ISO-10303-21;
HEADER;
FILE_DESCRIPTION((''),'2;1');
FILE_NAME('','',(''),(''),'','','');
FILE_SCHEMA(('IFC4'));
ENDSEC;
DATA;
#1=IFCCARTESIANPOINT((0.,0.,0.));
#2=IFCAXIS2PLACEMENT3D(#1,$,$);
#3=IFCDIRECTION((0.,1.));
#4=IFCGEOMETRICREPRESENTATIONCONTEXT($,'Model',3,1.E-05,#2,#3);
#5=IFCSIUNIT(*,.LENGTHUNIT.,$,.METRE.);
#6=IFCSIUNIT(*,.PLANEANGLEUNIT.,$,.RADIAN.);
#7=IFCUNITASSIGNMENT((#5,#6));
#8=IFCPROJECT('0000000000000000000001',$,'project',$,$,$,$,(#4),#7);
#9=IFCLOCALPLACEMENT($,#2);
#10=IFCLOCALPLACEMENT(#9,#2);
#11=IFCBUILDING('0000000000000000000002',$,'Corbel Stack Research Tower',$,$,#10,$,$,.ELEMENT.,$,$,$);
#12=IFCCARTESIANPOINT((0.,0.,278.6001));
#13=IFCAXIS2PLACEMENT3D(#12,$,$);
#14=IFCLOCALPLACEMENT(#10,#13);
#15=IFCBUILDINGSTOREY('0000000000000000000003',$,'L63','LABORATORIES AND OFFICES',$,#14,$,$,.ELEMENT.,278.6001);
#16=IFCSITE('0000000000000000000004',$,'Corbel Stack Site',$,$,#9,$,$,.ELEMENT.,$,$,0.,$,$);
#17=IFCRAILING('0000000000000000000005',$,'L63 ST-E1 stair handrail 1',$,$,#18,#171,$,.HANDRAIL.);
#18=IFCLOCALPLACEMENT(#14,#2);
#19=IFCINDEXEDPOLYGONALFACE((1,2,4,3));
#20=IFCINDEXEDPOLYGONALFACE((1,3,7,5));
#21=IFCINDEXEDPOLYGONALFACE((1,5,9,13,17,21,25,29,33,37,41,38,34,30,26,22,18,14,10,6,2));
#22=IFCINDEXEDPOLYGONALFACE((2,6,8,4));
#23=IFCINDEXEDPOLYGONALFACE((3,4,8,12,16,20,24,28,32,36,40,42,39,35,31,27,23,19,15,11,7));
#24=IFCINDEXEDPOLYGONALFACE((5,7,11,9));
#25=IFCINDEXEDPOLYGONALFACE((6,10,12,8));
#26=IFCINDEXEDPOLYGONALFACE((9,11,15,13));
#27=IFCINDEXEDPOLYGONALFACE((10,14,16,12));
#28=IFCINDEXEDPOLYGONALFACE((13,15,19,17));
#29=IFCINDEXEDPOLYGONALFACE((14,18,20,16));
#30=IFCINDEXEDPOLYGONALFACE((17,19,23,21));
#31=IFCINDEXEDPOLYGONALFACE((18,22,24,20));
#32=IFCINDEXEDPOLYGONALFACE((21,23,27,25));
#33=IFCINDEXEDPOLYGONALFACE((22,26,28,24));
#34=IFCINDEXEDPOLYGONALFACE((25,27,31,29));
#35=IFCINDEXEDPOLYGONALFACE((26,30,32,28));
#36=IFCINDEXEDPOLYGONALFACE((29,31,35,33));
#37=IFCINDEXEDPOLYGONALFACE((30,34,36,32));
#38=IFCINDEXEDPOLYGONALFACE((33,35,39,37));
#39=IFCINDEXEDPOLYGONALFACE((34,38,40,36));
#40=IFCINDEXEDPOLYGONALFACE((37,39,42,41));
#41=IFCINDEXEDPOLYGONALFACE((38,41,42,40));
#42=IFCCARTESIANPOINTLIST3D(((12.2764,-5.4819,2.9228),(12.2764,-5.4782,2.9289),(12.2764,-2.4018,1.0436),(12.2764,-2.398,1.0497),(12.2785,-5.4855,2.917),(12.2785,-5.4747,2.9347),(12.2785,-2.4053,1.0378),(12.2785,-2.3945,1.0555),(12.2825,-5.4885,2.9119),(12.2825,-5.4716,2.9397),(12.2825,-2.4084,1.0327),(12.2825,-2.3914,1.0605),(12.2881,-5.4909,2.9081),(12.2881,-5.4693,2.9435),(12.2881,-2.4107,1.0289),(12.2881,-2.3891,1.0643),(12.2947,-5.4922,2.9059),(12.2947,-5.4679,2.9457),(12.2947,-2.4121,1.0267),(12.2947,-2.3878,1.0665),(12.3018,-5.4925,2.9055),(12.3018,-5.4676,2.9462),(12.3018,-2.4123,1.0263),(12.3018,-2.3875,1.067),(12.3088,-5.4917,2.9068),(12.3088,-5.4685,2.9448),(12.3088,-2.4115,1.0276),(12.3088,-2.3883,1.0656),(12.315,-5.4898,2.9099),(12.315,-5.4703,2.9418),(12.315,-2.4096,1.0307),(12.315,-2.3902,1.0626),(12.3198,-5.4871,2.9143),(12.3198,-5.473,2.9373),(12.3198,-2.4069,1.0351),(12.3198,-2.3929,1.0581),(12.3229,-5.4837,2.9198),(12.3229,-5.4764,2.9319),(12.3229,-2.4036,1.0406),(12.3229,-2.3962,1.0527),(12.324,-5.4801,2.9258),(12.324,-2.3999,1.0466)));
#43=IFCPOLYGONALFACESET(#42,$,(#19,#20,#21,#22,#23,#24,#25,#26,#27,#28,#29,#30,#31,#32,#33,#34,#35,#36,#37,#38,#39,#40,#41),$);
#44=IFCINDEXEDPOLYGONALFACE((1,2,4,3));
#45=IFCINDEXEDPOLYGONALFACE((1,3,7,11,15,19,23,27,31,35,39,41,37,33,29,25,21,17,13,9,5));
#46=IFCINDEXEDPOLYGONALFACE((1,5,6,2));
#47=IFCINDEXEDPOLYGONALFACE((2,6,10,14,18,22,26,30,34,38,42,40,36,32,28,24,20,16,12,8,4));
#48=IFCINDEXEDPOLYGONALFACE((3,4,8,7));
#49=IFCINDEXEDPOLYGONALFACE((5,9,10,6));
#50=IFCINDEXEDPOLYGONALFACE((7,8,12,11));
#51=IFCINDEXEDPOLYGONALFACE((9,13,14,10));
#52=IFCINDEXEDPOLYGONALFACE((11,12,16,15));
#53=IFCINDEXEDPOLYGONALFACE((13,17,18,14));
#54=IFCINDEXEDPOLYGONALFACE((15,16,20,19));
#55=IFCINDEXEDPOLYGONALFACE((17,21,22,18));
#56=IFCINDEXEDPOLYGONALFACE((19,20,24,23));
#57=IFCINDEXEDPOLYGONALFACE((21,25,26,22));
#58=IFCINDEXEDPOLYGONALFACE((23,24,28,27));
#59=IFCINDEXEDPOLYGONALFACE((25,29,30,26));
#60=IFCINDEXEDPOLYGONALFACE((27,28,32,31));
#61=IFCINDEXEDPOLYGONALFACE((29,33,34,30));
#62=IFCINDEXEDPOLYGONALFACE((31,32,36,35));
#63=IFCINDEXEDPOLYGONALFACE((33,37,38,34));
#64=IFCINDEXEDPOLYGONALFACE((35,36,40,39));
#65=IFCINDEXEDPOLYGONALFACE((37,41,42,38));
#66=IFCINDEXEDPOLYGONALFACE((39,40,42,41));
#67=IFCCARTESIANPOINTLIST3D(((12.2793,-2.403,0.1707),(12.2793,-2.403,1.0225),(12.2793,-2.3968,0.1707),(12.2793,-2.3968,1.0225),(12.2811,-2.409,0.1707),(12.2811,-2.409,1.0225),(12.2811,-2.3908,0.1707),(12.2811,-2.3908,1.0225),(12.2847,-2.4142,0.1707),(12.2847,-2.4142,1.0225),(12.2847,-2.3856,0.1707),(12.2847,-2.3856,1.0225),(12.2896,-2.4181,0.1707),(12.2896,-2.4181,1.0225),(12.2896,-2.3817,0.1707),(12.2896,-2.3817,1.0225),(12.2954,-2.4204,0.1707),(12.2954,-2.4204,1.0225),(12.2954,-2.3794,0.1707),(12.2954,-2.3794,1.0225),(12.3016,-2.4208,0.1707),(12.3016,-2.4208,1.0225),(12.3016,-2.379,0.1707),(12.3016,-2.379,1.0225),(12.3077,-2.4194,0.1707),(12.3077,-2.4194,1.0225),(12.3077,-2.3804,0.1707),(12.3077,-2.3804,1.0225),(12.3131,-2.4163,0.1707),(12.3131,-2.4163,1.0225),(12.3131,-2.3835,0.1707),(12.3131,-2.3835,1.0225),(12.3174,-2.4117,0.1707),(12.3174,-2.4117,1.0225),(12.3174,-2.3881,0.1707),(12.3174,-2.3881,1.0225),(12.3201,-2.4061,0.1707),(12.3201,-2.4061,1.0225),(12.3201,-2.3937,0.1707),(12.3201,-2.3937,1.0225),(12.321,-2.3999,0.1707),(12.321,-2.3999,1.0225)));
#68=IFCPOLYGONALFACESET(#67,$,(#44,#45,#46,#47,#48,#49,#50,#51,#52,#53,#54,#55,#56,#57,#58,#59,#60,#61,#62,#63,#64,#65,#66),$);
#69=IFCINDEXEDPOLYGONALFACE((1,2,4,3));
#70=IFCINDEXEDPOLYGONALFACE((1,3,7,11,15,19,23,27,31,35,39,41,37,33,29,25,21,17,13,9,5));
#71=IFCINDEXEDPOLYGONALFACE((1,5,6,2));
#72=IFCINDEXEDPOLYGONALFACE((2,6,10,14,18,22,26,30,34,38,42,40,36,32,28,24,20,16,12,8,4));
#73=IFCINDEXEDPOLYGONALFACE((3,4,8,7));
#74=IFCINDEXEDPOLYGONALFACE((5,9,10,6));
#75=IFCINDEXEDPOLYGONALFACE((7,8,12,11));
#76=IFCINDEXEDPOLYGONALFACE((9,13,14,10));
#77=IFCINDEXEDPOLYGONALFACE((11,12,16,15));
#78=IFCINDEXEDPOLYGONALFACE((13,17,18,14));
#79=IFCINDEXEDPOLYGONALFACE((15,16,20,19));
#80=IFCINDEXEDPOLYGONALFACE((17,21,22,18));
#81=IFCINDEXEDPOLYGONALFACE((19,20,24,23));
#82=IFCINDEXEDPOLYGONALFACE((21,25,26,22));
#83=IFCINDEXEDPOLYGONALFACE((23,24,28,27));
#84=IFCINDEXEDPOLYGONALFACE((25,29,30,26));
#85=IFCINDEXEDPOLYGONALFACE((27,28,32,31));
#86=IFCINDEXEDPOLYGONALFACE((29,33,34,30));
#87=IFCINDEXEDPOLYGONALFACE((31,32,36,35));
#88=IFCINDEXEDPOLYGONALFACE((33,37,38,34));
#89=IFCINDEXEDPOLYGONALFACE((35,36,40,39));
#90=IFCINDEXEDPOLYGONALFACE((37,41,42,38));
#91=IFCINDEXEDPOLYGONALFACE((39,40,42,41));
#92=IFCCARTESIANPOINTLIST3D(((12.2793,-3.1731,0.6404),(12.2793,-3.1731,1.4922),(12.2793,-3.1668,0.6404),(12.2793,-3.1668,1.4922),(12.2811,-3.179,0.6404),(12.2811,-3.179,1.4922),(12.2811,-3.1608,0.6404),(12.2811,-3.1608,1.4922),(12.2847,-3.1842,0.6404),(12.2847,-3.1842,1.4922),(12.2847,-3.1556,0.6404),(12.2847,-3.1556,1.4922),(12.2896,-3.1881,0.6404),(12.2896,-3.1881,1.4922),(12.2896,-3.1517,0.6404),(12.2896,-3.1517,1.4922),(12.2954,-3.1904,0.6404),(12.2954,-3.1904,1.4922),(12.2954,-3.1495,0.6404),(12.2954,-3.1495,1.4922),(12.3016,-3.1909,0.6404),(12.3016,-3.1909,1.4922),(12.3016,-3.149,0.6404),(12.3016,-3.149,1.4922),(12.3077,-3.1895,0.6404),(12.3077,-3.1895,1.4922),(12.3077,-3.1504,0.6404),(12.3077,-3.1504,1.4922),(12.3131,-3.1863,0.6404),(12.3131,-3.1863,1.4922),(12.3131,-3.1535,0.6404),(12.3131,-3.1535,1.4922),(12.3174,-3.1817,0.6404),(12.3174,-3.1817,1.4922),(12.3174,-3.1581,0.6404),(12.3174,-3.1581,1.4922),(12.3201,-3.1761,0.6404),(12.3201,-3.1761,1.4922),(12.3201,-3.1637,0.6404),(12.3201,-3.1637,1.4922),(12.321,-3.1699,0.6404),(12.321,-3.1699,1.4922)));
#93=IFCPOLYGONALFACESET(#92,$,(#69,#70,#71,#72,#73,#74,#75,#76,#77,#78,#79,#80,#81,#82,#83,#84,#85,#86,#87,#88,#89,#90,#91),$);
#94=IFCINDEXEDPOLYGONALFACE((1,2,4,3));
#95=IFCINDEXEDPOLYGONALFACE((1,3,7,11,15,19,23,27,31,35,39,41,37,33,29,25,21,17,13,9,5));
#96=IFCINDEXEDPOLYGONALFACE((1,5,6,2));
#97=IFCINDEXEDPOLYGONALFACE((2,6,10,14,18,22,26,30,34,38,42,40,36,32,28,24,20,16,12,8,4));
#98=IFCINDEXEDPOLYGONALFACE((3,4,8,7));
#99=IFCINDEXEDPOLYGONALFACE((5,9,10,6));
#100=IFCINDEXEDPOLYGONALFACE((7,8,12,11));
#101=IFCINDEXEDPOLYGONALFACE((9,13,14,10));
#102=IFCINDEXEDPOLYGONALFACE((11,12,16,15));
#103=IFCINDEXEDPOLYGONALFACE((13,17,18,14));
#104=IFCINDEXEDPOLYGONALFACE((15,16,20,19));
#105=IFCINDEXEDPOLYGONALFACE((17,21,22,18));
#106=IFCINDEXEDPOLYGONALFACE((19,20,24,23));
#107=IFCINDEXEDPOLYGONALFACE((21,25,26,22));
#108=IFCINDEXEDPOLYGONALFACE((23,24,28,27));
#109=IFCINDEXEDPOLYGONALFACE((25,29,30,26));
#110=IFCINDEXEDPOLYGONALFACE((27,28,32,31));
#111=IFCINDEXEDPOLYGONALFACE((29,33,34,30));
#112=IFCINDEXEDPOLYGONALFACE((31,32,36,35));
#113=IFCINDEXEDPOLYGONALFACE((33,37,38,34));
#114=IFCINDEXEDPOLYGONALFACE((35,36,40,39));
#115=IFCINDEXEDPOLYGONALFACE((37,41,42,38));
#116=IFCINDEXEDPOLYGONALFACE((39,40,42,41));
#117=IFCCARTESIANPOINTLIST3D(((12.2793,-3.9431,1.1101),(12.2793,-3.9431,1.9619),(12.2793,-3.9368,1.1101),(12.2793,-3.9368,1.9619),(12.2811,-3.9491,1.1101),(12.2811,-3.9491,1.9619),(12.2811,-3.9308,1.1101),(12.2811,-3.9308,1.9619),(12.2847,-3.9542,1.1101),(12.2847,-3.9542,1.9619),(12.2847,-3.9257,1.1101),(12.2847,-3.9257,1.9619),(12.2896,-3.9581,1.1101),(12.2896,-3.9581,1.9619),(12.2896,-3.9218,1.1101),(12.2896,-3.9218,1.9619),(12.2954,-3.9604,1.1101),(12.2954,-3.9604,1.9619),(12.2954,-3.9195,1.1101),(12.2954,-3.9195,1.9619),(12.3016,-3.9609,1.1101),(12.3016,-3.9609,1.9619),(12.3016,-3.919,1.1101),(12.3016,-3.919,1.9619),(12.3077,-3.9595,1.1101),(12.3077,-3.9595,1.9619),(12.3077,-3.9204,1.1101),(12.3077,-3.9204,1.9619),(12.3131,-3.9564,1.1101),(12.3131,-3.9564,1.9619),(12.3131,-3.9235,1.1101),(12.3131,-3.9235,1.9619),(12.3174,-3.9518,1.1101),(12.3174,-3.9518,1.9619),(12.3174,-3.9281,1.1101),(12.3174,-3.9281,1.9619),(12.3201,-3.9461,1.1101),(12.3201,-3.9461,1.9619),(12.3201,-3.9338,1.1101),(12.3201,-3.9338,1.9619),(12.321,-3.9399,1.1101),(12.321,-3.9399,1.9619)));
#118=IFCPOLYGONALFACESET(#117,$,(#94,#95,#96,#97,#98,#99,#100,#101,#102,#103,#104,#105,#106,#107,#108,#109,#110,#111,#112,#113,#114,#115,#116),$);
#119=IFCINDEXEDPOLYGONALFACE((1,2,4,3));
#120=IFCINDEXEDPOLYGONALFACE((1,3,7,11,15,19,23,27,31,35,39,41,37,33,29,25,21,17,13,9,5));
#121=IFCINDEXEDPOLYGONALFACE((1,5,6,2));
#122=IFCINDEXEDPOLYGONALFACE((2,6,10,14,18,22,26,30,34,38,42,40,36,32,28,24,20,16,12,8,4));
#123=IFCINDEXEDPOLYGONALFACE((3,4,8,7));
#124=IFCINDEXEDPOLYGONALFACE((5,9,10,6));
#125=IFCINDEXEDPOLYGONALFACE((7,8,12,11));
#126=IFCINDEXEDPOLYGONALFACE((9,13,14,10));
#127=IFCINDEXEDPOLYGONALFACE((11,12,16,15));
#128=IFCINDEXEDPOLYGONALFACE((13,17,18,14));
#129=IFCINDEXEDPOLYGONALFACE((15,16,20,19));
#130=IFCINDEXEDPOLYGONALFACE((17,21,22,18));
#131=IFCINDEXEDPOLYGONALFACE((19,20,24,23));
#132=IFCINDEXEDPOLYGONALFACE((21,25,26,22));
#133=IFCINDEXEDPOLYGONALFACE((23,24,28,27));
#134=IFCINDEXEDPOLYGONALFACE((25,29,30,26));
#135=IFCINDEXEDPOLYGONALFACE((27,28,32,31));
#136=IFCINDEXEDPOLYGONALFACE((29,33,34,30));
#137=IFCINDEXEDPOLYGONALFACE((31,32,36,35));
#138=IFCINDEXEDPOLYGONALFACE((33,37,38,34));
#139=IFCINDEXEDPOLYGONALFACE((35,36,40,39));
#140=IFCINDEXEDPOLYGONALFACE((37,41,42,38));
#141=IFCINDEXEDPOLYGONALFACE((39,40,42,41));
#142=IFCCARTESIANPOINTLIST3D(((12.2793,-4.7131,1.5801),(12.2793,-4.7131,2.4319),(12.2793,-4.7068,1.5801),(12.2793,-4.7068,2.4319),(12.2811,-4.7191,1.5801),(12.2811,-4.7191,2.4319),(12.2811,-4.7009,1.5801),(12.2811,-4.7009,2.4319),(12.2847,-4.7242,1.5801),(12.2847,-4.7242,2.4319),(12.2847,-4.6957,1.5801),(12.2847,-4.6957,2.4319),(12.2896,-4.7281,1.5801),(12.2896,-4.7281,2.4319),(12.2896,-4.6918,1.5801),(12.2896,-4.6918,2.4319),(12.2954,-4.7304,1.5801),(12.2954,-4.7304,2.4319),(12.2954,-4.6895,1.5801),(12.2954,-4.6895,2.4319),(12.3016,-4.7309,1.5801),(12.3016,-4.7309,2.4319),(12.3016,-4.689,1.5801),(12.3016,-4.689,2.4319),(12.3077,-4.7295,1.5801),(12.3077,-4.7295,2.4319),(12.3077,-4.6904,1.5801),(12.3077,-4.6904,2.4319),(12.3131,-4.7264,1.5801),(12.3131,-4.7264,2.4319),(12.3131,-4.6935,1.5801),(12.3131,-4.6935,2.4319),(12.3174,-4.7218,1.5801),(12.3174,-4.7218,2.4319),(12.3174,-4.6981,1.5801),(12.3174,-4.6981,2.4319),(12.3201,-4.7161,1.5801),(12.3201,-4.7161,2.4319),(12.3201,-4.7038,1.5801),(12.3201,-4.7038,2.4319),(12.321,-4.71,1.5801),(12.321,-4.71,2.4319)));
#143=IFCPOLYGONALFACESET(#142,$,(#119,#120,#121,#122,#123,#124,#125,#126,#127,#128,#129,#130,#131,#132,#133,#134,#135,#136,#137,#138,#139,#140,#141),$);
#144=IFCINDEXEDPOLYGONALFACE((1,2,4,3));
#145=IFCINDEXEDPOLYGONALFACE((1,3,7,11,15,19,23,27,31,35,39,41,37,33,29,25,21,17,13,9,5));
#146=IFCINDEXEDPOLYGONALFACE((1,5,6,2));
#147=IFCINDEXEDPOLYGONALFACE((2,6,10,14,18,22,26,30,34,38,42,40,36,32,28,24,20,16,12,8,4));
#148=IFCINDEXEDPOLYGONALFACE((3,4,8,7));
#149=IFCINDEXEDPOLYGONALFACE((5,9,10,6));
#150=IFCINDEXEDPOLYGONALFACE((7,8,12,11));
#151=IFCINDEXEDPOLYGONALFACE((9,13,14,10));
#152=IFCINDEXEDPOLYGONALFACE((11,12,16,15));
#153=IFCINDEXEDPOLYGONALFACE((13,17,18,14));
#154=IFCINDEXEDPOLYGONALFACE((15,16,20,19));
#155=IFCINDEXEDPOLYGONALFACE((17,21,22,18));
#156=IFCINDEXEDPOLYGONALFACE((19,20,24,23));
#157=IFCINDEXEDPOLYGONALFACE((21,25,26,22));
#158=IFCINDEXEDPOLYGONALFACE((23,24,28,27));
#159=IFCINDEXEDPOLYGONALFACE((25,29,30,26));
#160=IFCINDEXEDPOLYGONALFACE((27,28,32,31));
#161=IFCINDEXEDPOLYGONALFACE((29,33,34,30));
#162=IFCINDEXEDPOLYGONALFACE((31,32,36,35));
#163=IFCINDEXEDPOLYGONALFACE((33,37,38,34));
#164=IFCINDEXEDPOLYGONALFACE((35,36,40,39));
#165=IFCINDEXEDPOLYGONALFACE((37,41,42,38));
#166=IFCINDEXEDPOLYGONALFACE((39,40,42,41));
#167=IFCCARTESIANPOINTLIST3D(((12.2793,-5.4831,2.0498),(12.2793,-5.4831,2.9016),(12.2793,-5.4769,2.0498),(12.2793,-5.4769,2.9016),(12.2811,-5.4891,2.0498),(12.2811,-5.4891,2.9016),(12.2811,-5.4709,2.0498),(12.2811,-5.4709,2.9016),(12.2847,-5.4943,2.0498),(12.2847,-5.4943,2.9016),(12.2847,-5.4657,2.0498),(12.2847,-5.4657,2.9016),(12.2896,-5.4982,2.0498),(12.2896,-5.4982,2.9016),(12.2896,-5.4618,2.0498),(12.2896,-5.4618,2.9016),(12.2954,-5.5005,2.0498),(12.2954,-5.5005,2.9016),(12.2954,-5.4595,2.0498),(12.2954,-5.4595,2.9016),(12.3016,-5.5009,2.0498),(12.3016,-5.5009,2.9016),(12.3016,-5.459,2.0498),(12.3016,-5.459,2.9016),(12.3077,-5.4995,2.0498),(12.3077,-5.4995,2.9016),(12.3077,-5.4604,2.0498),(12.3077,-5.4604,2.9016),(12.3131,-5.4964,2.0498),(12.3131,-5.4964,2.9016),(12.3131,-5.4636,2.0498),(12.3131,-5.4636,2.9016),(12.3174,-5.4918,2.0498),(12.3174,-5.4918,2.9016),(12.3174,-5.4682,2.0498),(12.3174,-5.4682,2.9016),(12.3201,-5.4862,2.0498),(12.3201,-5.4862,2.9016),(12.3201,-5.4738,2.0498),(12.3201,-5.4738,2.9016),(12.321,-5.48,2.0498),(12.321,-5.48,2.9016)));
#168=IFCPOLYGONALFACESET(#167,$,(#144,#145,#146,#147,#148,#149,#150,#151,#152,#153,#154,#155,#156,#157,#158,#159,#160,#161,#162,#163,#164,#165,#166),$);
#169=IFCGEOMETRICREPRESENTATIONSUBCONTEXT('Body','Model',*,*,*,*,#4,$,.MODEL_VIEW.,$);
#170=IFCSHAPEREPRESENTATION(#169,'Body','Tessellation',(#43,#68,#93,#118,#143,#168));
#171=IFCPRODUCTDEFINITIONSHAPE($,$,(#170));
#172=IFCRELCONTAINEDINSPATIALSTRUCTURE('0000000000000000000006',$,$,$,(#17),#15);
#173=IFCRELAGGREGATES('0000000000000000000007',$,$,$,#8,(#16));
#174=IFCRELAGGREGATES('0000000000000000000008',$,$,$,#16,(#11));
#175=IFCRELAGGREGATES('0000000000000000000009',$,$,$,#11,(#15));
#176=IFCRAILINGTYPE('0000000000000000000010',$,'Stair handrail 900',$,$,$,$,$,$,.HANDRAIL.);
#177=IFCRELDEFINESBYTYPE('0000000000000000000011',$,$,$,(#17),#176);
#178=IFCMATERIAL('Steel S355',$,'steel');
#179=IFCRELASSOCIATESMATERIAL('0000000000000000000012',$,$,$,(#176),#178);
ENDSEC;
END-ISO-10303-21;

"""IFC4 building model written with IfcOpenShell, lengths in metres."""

from ifc_helpers import new_model, si_unit, direction, frame, origin, origin_2d, place, context, subcontext, project, spatial, circle, extrude, material, type_object, element, save


model = new_model("IFC4")

# Units and contexts
model_context = context("Model", 3, precision=1e-05, world=origin(), true_north=direction((0.0, 1.0)))
body_context = subcontext(model_context, "Body", "Model", "MODEL_VIEW")
ifc_project = project(units=[si_unit("LENGTHUNIT", "METRE"), si_unit("PLANEANGLEUNIT", "RADIAN")], contexts=[model_context])

# Site, building, storey
site_placement = place(None, origin())
site = spatial("IfcSite", under=ifc_project, at=site_placement, Name="Corbel Stack Site", CompositionType="ELEMENT", RefElevation=0.0)
building_placement = place(site_placement, origin())
building = spatial("IfcBuilding", under=site, at=building_placement, Name="Corbel Stack Research Tower", CompositionType="ELEMENT")
storey_placement = place(building_placement, frame((0.0, 0.0, 278.6001)))
storey = spatial("IfcBuildingStorey", under=building, at=storey_placement, Name="L63", Description="LABORATORIES AND OFFICES", CompositionType="ELEMENT", Elevation=278.6001)

# Railing
ifc_material_1 = material(Name="Steel S355", Category="steel")
railing_type_1 = type_object("IfcRailingType", Name="Stair handrail 900", PredefinedType="HANDRAIL", material=ifc_material_1)
railing_1_placement = place(storey_placement, frame((12.3, -2.3999, 0.1707)))
element("IfcRailing", 1, at=railing_1_placement, inside=storey, type_object=railing_type_1, Name="L63 ST-E1 stair handrail 1", PredefinedType="HANDRAIL", context=body_context, shape_type="SweptSolid", body=[
    extrude(circle(Radius=0.0239, at=origin_2d()), frame((0.0, 0.0, 0.876), z_axis=(0.0, -0.853666, 0.52082), x_axis=(1.0, 0.0, 0.0)), (0.0, 0.0, 1.0), 3.6082),
    extrude(circle(Radius=0.021, at=origin_2d()), origin(), (0.0, 0.0, 1.0), 0.8518),
    extrude(circle(Radius=0.021, at=origin_2d()), frame((0.0, -0.77, 0.4697)), (0.0, 0.0, 1.0), 0.8518),
    extrude(circle(Radius=0.021, at=origin_2d()), frame((0.0, -1.54, 0.9395)), (0.0, 0.0, 1.0), 0.8518),
    extrude(circle(Radius=0.021, at=origin_2d()), frame((0.0, -2.3101, 1.4094)), (0.0, 0.0, 1.0), 0.8518),
    extrude(circle(Radius=0.021, at=origin_2d()), frame((0.0, -3.0801, 1.8792)), (0.0, 0.0, 1.0), 0.8518),
])

save(model, "model.ifc")
